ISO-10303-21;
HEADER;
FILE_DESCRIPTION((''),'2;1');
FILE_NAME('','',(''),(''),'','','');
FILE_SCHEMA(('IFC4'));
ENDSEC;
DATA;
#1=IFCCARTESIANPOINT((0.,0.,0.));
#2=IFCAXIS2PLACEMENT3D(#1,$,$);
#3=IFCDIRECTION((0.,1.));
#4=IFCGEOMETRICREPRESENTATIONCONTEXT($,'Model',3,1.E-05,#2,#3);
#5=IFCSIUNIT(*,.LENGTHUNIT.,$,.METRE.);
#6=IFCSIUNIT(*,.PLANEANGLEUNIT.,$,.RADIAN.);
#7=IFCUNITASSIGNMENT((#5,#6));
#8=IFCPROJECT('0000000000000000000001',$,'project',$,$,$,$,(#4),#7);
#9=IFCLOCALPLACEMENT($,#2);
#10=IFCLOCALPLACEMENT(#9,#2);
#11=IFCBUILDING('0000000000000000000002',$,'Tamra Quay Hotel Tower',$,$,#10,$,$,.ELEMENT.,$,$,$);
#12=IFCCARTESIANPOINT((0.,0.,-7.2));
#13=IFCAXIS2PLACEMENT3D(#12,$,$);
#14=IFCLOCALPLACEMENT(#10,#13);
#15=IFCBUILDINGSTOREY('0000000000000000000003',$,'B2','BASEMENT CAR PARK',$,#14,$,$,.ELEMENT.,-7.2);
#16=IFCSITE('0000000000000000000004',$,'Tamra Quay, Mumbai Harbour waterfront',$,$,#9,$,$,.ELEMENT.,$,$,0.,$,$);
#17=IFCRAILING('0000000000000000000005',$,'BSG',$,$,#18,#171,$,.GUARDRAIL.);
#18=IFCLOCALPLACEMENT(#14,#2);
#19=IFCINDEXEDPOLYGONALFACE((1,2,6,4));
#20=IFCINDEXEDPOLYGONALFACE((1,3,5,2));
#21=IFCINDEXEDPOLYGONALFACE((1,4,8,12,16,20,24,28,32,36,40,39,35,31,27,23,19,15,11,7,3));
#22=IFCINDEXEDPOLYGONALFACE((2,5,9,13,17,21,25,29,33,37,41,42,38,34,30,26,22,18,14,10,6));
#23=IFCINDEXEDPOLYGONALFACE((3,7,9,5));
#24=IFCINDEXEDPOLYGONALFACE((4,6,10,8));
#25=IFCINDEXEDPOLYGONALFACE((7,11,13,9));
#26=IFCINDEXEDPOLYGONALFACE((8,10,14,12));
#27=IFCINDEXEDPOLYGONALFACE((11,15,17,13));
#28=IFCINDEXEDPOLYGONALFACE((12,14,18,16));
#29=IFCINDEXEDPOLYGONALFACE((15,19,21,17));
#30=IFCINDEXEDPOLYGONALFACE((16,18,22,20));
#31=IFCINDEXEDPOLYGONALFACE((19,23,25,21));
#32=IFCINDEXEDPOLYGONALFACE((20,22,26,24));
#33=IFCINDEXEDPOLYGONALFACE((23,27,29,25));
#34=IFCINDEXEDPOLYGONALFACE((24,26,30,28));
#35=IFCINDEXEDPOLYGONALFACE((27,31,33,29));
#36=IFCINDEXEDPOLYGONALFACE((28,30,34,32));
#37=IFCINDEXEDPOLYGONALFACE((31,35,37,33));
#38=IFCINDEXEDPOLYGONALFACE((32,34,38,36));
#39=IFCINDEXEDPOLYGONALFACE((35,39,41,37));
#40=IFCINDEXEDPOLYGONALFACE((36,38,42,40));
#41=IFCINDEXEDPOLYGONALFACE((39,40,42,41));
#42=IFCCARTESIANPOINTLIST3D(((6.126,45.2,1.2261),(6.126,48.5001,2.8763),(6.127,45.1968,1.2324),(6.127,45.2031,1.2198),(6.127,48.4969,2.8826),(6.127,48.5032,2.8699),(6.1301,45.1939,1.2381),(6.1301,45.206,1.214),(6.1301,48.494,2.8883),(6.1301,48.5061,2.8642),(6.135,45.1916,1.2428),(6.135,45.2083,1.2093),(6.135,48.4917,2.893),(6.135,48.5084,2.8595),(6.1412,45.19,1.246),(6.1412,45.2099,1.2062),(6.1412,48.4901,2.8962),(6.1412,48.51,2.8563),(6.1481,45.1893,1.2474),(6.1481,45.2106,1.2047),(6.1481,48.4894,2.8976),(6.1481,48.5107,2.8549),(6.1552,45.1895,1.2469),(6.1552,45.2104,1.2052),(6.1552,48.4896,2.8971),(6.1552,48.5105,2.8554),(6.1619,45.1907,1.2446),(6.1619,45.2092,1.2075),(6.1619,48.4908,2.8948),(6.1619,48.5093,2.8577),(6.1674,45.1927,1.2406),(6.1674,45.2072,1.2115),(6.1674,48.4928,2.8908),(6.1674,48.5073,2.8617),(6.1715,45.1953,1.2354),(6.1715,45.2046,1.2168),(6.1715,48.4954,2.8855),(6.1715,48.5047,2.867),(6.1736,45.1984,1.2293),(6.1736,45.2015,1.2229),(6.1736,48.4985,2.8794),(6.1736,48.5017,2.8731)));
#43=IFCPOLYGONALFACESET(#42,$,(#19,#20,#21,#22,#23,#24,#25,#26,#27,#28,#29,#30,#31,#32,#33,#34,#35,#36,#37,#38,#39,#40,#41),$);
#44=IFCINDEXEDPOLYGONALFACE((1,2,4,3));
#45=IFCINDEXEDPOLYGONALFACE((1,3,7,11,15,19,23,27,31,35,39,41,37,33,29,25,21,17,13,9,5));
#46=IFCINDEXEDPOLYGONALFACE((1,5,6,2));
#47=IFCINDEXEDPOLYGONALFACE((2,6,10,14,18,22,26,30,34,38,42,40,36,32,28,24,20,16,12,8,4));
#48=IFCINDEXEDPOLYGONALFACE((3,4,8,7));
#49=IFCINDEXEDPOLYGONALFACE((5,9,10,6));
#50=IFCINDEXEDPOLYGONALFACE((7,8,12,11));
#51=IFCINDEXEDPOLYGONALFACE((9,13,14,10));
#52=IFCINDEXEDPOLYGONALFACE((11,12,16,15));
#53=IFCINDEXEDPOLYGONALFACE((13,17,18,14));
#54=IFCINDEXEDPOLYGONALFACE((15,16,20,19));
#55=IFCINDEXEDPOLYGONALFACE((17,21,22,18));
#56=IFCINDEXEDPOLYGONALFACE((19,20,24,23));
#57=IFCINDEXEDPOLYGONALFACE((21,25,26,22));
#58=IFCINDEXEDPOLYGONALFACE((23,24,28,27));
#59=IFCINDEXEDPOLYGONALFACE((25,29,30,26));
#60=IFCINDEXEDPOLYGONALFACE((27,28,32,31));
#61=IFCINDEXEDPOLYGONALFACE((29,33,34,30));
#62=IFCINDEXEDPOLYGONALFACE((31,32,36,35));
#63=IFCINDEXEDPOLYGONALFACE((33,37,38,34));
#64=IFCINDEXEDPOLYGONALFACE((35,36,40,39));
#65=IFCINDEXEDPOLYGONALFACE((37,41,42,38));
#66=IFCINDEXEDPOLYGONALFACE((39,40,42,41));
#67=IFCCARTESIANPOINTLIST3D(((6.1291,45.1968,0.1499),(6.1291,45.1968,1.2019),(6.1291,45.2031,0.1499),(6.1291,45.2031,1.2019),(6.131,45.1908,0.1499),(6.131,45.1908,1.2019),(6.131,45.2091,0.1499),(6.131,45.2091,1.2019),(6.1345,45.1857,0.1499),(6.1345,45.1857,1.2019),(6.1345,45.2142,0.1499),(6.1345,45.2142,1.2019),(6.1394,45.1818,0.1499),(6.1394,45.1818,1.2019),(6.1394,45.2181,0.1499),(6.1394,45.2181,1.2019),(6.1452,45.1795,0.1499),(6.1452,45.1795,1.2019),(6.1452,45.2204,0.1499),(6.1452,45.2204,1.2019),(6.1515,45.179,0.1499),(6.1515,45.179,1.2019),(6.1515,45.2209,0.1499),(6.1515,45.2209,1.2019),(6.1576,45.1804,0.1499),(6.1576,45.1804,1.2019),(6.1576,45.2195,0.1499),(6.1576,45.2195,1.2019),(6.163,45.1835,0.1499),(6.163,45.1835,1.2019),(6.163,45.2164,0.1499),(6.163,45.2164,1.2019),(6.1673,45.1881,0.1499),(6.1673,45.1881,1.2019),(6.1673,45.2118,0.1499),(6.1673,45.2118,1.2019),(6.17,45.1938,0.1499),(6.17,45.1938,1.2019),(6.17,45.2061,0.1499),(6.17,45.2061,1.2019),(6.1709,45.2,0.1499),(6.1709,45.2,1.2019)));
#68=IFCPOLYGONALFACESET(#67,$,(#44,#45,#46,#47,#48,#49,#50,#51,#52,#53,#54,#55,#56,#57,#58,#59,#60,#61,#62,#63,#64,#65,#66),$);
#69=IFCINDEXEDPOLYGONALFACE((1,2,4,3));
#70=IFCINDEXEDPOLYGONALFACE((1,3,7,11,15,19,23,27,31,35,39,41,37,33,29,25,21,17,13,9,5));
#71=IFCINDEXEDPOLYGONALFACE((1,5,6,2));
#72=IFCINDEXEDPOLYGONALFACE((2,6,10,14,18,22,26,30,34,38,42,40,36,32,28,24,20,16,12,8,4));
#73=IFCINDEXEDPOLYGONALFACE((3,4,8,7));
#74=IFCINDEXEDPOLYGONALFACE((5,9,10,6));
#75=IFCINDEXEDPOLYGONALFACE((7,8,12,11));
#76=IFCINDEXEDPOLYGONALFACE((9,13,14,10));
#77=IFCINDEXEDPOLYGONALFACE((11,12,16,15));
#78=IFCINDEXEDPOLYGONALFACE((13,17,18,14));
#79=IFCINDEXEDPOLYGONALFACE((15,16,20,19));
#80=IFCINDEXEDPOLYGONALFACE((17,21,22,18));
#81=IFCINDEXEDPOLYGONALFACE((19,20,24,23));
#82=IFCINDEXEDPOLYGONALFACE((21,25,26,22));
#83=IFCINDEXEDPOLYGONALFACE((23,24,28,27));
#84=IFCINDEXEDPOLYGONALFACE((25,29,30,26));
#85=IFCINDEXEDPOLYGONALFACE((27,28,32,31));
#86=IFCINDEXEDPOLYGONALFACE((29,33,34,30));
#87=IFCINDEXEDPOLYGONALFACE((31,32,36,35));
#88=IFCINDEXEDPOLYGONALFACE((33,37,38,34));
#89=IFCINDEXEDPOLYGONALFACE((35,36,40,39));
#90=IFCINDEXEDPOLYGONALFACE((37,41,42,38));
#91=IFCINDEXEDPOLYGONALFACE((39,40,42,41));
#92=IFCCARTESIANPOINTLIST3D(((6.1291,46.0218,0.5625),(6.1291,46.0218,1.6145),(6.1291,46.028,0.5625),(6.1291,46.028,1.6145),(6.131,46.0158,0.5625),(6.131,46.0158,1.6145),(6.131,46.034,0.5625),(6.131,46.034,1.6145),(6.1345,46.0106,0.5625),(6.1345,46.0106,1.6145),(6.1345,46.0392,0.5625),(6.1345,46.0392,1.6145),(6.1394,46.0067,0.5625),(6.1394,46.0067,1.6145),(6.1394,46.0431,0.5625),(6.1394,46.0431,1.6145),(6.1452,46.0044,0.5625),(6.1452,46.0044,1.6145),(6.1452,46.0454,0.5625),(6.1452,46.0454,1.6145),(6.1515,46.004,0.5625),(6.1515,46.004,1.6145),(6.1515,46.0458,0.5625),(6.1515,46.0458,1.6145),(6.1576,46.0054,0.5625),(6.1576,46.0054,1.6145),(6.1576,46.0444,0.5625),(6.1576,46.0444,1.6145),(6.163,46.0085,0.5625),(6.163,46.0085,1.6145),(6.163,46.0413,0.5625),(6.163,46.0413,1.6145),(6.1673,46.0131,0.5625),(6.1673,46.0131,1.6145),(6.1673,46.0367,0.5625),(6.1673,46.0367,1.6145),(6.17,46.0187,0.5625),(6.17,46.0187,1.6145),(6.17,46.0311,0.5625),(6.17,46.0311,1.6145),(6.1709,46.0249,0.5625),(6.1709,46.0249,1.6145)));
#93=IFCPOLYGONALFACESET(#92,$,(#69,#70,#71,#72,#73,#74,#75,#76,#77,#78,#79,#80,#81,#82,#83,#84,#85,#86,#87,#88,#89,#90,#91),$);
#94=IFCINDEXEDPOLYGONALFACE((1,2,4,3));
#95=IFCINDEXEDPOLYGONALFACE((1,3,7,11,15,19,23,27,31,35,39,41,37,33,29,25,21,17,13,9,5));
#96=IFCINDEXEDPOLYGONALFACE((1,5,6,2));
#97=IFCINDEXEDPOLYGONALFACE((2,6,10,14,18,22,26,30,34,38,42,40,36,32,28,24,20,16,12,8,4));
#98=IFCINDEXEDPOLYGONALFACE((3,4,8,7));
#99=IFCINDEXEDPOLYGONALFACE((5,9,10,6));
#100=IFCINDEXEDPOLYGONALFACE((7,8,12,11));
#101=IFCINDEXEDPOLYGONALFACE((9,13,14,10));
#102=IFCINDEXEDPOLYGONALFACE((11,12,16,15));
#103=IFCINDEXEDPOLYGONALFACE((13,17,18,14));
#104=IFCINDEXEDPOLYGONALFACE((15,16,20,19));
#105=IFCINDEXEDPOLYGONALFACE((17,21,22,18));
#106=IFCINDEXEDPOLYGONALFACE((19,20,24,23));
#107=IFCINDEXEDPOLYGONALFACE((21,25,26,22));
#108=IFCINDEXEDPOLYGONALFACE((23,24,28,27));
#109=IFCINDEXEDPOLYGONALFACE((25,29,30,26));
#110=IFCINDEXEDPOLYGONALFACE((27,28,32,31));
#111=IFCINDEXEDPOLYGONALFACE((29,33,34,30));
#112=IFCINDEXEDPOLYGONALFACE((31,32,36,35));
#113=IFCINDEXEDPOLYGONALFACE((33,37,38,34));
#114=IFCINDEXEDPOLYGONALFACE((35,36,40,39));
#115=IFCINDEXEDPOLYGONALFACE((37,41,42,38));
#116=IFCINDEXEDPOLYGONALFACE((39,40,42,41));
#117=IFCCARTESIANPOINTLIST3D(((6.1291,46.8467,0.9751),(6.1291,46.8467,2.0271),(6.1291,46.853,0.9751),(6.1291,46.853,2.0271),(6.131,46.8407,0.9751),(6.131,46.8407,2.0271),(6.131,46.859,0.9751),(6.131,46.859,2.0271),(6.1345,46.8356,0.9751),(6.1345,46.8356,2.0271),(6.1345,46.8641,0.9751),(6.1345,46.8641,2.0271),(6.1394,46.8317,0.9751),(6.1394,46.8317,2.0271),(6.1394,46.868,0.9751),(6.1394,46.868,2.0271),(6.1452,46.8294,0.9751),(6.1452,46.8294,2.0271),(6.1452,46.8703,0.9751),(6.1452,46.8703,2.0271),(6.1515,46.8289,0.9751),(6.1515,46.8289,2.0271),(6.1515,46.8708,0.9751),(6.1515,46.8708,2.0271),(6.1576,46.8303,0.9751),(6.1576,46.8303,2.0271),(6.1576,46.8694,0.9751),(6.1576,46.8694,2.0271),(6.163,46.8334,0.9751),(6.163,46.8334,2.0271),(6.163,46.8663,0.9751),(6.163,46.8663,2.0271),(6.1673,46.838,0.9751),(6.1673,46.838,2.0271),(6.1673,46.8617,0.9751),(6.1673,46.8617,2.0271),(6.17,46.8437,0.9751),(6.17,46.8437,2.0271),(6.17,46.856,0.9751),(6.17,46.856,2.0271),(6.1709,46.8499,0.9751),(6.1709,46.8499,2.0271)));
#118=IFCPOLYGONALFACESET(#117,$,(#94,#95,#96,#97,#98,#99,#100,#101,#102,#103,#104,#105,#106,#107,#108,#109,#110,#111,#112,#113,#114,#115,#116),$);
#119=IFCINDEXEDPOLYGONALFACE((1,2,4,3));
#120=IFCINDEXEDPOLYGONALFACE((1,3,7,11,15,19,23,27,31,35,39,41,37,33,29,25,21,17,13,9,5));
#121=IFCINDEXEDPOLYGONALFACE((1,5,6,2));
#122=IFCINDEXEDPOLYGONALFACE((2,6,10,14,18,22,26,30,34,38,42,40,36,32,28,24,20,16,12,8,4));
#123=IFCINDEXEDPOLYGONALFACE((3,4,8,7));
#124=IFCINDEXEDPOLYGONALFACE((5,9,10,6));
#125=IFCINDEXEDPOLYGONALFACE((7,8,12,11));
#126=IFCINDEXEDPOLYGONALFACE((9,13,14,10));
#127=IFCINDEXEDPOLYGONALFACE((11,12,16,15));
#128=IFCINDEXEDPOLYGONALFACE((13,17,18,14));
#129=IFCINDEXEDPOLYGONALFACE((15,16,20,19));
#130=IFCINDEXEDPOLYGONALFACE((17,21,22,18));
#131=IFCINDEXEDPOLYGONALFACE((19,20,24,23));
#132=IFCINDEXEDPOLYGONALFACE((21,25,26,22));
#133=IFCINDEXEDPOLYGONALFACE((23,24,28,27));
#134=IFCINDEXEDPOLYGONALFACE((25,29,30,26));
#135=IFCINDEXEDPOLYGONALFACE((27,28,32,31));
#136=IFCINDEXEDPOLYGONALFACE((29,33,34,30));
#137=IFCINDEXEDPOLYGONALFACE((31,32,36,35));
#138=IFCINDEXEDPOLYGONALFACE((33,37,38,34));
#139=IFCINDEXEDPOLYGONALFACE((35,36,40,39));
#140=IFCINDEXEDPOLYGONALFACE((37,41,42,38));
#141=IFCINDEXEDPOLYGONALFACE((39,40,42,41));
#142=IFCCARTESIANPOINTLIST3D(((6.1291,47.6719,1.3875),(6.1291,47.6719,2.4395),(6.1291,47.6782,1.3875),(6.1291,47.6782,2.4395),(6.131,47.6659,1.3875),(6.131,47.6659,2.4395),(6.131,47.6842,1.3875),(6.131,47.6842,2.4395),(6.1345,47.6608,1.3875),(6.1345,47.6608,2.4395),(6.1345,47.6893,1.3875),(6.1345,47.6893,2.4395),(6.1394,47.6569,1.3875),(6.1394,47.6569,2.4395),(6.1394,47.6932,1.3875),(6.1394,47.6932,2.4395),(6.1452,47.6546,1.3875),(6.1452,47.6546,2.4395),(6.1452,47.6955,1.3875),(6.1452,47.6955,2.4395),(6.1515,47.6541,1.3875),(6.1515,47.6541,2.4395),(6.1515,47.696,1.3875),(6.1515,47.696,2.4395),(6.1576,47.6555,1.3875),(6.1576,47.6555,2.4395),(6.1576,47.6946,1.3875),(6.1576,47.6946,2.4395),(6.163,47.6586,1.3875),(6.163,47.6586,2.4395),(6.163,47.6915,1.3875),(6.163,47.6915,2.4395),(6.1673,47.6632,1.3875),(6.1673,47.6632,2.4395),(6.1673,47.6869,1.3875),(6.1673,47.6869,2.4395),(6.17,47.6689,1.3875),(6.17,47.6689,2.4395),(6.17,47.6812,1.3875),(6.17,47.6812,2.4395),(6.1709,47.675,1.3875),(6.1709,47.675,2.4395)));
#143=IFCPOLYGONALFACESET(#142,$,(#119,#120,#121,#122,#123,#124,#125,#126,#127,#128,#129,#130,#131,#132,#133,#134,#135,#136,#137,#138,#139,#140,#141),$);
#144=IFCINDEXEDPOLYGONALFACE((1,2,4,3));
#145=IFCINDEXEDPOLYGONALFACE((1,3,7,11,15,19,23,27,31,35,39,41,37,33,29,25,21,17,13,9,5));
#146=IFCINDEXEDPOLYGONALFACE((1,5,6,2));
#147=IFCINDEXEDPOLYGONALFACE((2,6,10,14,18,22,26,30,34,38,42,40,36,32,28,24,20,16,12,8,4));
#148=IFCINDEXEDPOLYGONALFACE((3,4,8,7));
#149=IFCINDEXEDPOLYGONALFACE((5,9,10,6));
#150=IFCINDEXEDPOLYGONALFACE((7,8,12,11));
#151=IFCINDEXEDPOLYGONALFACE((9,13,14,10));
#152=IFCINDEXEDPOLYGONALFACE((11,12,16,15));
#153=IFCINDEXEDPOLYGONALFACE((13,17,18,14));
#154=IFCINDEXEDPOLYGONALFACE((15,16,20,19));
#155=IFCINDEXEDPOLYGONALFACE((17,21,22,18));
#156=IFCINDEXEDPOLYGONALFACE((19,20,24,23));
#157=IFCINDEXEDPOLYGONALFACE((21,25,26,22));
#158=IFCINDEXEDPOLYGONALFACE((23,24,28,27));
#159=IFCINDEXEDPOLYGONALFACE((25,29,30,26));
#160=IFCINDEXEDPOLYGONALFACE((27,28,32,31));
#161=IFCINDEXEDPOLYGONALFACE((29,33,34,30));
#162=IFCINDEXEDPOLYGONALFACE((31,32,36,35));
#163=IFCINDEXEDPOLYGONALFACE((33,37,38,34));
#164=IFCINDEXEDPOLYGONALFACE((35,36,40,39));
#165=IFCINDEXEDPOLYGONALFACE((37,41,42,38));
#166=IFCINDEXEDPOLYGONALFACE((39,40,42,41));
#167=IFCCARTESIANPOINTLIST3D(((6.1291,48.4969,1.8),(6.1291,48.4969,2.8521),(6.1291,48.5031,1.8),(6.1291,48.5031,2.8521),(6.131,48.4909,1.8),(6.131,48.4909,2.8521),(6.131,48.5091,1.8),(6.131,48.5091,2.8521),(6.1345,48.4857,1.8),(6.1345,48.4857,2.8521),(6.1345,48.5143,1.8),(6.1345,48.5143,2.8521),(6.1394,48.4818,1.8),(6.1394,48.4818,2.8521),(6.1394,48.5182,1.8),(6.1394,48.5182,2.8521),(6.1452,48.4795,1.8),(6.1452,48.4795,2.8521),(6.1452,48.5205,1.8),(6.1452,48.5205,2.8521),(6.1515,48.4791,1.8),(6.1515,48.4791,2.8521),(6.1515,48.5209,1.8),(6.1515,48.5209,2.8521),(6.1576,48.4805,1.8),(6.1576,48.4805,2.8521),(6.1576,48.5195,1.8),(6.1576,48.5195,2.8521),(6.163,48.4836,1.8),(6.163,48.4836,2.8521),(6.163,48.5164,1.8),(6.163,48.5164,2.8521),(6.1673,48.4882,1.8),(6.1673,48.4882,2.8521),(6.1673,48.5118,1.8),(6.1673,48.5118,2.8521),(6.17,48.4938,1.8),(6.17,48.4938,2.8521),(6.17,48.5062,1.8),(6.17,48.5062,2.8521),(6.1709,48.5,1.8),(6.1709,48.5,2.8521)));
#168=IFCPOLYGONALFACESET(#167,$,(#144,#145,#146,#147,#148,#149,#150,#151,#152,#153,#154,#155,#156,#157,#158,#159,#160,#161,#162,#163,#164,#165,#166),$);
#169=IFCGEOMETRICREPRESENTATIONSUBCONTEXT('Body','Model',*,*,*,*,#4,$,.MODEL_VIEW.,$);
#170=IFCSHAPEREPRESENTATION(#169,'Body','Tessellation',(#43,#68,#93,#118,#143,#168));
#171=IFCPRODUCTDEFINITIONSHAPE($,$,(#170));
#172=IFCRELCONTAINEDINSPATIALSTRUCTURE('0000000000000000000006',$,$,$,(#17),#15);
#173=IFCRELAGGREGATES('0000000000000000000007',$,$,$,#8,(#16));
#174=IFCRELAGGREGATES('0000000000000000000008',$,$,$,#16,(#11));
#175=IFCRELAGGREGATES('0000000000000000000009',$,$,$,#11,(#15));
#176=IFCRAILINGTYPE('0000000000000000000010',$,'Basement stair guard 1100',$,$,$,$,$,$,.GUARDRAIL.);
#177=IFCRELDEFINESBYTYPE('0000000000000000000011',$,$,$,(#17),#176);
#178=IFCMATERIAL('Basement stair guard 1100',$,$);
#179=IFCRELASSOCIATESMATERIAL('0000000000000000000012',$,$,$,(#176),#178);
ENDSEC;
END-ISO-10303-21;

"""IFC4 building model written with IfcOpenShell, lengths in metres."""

from ifc_helpers import new_model, si_unit, direction, frame, origin, origin_2d, place, context, subcontext, project, spatial, circle, extrude, material, type_object, element, save


model = new_model("IFC4")

# Units and contexts
model_context = context("Model", 3, precision=1e-05, world=origin(), true_north=direction((0.0, 1.0)))
body_context = subcontext(model_context, "Body", "Model", "MODEL_VIEW")
ifc_project = project(units=[si_unit("LENGTHUNIT", "METRE"), si_unit("PLANEANGLEUNIT", "RADIAN")], contexts=[model_context])

# Site, building, storey
site_placement = place(None, origin())
site = spatial("IfcSite", under=ifc_project, at=site_placement, Name="Tamra Quay, Mumbai Harbour waterfront", CompositionType="ELEMENT", RefElevation=0.0)
building_placement = place(site_placement, origin())
building = spatial("IfcBuilding", under=site, at=building_placement, Name="Tamra Quay Hotel Tower", CompositionType="ELEMENT")
storey_placement = place(building_placement, frame((0.0, 0.0, -7.2)))
storey = spatial("IfcBuildingStorey", under=building, at=storey_placement, Name="B2", Description="BASEMENT CAR PARK", CompositionType="ELEMENT", Elevation=-7.2)

# Railing
ifc_material_1 = material(Name="Basement stair guard 1100")
railing_type_1 = type_object("IfcRailingType", Name="Basement stair guard 1100", PredefinedType="GUARDRAIL", material=ifc_material_1)
railing_1_placement = place(storey_placement, frame((6.1499, 45.2, 0.1499)))
element("IfcRailing", 1, at=railing_1_placement, inside=storey, type_object=railing_type_1, Name="BSG", PredefinedType="GUARDRAIL", context=body_context, shape_type="SweptSolid", body=[
    extrude(circle(Radius=0.0239, at=origin_2d()), frame((0.0, 0.0, 1.0762), z_axis=(0.0, 0.894414, 0.44724), x_axis=(-1.0, 0.0, 0.0)), (0.0, 0.0, 1.0), 3.6897),
    extrude(circle(Radius=0.021, at=origin_2d()), origin(), (0.0, 0.0, 1.0), 1.052),
    extrude(circle(Radius=0.021, at=origin_2d()), frame((0.0, 0.825, 0.4126)), (0.0, 0.0, 1.0), 1.052),
    extrude(circle(Radius=0.021, at=origin_2d()), frame((0.0, 1.6499, 0.8252)), (0.0, 0.0, 1.0), 1.052),
    extrude(circle(Radius=0.021, at=origin_2d()), frame((0.0, 2.4751, 1.2375)), (0.0, 0.0, 1.0), 1.052),
    extrude(circle(Radius=0.021, at=origin_2d()), frame((0.0, 3.3, 1.6501)), (0.0, 0.0, 1.0), 1.052),
])

save(model, "model.ifc")
